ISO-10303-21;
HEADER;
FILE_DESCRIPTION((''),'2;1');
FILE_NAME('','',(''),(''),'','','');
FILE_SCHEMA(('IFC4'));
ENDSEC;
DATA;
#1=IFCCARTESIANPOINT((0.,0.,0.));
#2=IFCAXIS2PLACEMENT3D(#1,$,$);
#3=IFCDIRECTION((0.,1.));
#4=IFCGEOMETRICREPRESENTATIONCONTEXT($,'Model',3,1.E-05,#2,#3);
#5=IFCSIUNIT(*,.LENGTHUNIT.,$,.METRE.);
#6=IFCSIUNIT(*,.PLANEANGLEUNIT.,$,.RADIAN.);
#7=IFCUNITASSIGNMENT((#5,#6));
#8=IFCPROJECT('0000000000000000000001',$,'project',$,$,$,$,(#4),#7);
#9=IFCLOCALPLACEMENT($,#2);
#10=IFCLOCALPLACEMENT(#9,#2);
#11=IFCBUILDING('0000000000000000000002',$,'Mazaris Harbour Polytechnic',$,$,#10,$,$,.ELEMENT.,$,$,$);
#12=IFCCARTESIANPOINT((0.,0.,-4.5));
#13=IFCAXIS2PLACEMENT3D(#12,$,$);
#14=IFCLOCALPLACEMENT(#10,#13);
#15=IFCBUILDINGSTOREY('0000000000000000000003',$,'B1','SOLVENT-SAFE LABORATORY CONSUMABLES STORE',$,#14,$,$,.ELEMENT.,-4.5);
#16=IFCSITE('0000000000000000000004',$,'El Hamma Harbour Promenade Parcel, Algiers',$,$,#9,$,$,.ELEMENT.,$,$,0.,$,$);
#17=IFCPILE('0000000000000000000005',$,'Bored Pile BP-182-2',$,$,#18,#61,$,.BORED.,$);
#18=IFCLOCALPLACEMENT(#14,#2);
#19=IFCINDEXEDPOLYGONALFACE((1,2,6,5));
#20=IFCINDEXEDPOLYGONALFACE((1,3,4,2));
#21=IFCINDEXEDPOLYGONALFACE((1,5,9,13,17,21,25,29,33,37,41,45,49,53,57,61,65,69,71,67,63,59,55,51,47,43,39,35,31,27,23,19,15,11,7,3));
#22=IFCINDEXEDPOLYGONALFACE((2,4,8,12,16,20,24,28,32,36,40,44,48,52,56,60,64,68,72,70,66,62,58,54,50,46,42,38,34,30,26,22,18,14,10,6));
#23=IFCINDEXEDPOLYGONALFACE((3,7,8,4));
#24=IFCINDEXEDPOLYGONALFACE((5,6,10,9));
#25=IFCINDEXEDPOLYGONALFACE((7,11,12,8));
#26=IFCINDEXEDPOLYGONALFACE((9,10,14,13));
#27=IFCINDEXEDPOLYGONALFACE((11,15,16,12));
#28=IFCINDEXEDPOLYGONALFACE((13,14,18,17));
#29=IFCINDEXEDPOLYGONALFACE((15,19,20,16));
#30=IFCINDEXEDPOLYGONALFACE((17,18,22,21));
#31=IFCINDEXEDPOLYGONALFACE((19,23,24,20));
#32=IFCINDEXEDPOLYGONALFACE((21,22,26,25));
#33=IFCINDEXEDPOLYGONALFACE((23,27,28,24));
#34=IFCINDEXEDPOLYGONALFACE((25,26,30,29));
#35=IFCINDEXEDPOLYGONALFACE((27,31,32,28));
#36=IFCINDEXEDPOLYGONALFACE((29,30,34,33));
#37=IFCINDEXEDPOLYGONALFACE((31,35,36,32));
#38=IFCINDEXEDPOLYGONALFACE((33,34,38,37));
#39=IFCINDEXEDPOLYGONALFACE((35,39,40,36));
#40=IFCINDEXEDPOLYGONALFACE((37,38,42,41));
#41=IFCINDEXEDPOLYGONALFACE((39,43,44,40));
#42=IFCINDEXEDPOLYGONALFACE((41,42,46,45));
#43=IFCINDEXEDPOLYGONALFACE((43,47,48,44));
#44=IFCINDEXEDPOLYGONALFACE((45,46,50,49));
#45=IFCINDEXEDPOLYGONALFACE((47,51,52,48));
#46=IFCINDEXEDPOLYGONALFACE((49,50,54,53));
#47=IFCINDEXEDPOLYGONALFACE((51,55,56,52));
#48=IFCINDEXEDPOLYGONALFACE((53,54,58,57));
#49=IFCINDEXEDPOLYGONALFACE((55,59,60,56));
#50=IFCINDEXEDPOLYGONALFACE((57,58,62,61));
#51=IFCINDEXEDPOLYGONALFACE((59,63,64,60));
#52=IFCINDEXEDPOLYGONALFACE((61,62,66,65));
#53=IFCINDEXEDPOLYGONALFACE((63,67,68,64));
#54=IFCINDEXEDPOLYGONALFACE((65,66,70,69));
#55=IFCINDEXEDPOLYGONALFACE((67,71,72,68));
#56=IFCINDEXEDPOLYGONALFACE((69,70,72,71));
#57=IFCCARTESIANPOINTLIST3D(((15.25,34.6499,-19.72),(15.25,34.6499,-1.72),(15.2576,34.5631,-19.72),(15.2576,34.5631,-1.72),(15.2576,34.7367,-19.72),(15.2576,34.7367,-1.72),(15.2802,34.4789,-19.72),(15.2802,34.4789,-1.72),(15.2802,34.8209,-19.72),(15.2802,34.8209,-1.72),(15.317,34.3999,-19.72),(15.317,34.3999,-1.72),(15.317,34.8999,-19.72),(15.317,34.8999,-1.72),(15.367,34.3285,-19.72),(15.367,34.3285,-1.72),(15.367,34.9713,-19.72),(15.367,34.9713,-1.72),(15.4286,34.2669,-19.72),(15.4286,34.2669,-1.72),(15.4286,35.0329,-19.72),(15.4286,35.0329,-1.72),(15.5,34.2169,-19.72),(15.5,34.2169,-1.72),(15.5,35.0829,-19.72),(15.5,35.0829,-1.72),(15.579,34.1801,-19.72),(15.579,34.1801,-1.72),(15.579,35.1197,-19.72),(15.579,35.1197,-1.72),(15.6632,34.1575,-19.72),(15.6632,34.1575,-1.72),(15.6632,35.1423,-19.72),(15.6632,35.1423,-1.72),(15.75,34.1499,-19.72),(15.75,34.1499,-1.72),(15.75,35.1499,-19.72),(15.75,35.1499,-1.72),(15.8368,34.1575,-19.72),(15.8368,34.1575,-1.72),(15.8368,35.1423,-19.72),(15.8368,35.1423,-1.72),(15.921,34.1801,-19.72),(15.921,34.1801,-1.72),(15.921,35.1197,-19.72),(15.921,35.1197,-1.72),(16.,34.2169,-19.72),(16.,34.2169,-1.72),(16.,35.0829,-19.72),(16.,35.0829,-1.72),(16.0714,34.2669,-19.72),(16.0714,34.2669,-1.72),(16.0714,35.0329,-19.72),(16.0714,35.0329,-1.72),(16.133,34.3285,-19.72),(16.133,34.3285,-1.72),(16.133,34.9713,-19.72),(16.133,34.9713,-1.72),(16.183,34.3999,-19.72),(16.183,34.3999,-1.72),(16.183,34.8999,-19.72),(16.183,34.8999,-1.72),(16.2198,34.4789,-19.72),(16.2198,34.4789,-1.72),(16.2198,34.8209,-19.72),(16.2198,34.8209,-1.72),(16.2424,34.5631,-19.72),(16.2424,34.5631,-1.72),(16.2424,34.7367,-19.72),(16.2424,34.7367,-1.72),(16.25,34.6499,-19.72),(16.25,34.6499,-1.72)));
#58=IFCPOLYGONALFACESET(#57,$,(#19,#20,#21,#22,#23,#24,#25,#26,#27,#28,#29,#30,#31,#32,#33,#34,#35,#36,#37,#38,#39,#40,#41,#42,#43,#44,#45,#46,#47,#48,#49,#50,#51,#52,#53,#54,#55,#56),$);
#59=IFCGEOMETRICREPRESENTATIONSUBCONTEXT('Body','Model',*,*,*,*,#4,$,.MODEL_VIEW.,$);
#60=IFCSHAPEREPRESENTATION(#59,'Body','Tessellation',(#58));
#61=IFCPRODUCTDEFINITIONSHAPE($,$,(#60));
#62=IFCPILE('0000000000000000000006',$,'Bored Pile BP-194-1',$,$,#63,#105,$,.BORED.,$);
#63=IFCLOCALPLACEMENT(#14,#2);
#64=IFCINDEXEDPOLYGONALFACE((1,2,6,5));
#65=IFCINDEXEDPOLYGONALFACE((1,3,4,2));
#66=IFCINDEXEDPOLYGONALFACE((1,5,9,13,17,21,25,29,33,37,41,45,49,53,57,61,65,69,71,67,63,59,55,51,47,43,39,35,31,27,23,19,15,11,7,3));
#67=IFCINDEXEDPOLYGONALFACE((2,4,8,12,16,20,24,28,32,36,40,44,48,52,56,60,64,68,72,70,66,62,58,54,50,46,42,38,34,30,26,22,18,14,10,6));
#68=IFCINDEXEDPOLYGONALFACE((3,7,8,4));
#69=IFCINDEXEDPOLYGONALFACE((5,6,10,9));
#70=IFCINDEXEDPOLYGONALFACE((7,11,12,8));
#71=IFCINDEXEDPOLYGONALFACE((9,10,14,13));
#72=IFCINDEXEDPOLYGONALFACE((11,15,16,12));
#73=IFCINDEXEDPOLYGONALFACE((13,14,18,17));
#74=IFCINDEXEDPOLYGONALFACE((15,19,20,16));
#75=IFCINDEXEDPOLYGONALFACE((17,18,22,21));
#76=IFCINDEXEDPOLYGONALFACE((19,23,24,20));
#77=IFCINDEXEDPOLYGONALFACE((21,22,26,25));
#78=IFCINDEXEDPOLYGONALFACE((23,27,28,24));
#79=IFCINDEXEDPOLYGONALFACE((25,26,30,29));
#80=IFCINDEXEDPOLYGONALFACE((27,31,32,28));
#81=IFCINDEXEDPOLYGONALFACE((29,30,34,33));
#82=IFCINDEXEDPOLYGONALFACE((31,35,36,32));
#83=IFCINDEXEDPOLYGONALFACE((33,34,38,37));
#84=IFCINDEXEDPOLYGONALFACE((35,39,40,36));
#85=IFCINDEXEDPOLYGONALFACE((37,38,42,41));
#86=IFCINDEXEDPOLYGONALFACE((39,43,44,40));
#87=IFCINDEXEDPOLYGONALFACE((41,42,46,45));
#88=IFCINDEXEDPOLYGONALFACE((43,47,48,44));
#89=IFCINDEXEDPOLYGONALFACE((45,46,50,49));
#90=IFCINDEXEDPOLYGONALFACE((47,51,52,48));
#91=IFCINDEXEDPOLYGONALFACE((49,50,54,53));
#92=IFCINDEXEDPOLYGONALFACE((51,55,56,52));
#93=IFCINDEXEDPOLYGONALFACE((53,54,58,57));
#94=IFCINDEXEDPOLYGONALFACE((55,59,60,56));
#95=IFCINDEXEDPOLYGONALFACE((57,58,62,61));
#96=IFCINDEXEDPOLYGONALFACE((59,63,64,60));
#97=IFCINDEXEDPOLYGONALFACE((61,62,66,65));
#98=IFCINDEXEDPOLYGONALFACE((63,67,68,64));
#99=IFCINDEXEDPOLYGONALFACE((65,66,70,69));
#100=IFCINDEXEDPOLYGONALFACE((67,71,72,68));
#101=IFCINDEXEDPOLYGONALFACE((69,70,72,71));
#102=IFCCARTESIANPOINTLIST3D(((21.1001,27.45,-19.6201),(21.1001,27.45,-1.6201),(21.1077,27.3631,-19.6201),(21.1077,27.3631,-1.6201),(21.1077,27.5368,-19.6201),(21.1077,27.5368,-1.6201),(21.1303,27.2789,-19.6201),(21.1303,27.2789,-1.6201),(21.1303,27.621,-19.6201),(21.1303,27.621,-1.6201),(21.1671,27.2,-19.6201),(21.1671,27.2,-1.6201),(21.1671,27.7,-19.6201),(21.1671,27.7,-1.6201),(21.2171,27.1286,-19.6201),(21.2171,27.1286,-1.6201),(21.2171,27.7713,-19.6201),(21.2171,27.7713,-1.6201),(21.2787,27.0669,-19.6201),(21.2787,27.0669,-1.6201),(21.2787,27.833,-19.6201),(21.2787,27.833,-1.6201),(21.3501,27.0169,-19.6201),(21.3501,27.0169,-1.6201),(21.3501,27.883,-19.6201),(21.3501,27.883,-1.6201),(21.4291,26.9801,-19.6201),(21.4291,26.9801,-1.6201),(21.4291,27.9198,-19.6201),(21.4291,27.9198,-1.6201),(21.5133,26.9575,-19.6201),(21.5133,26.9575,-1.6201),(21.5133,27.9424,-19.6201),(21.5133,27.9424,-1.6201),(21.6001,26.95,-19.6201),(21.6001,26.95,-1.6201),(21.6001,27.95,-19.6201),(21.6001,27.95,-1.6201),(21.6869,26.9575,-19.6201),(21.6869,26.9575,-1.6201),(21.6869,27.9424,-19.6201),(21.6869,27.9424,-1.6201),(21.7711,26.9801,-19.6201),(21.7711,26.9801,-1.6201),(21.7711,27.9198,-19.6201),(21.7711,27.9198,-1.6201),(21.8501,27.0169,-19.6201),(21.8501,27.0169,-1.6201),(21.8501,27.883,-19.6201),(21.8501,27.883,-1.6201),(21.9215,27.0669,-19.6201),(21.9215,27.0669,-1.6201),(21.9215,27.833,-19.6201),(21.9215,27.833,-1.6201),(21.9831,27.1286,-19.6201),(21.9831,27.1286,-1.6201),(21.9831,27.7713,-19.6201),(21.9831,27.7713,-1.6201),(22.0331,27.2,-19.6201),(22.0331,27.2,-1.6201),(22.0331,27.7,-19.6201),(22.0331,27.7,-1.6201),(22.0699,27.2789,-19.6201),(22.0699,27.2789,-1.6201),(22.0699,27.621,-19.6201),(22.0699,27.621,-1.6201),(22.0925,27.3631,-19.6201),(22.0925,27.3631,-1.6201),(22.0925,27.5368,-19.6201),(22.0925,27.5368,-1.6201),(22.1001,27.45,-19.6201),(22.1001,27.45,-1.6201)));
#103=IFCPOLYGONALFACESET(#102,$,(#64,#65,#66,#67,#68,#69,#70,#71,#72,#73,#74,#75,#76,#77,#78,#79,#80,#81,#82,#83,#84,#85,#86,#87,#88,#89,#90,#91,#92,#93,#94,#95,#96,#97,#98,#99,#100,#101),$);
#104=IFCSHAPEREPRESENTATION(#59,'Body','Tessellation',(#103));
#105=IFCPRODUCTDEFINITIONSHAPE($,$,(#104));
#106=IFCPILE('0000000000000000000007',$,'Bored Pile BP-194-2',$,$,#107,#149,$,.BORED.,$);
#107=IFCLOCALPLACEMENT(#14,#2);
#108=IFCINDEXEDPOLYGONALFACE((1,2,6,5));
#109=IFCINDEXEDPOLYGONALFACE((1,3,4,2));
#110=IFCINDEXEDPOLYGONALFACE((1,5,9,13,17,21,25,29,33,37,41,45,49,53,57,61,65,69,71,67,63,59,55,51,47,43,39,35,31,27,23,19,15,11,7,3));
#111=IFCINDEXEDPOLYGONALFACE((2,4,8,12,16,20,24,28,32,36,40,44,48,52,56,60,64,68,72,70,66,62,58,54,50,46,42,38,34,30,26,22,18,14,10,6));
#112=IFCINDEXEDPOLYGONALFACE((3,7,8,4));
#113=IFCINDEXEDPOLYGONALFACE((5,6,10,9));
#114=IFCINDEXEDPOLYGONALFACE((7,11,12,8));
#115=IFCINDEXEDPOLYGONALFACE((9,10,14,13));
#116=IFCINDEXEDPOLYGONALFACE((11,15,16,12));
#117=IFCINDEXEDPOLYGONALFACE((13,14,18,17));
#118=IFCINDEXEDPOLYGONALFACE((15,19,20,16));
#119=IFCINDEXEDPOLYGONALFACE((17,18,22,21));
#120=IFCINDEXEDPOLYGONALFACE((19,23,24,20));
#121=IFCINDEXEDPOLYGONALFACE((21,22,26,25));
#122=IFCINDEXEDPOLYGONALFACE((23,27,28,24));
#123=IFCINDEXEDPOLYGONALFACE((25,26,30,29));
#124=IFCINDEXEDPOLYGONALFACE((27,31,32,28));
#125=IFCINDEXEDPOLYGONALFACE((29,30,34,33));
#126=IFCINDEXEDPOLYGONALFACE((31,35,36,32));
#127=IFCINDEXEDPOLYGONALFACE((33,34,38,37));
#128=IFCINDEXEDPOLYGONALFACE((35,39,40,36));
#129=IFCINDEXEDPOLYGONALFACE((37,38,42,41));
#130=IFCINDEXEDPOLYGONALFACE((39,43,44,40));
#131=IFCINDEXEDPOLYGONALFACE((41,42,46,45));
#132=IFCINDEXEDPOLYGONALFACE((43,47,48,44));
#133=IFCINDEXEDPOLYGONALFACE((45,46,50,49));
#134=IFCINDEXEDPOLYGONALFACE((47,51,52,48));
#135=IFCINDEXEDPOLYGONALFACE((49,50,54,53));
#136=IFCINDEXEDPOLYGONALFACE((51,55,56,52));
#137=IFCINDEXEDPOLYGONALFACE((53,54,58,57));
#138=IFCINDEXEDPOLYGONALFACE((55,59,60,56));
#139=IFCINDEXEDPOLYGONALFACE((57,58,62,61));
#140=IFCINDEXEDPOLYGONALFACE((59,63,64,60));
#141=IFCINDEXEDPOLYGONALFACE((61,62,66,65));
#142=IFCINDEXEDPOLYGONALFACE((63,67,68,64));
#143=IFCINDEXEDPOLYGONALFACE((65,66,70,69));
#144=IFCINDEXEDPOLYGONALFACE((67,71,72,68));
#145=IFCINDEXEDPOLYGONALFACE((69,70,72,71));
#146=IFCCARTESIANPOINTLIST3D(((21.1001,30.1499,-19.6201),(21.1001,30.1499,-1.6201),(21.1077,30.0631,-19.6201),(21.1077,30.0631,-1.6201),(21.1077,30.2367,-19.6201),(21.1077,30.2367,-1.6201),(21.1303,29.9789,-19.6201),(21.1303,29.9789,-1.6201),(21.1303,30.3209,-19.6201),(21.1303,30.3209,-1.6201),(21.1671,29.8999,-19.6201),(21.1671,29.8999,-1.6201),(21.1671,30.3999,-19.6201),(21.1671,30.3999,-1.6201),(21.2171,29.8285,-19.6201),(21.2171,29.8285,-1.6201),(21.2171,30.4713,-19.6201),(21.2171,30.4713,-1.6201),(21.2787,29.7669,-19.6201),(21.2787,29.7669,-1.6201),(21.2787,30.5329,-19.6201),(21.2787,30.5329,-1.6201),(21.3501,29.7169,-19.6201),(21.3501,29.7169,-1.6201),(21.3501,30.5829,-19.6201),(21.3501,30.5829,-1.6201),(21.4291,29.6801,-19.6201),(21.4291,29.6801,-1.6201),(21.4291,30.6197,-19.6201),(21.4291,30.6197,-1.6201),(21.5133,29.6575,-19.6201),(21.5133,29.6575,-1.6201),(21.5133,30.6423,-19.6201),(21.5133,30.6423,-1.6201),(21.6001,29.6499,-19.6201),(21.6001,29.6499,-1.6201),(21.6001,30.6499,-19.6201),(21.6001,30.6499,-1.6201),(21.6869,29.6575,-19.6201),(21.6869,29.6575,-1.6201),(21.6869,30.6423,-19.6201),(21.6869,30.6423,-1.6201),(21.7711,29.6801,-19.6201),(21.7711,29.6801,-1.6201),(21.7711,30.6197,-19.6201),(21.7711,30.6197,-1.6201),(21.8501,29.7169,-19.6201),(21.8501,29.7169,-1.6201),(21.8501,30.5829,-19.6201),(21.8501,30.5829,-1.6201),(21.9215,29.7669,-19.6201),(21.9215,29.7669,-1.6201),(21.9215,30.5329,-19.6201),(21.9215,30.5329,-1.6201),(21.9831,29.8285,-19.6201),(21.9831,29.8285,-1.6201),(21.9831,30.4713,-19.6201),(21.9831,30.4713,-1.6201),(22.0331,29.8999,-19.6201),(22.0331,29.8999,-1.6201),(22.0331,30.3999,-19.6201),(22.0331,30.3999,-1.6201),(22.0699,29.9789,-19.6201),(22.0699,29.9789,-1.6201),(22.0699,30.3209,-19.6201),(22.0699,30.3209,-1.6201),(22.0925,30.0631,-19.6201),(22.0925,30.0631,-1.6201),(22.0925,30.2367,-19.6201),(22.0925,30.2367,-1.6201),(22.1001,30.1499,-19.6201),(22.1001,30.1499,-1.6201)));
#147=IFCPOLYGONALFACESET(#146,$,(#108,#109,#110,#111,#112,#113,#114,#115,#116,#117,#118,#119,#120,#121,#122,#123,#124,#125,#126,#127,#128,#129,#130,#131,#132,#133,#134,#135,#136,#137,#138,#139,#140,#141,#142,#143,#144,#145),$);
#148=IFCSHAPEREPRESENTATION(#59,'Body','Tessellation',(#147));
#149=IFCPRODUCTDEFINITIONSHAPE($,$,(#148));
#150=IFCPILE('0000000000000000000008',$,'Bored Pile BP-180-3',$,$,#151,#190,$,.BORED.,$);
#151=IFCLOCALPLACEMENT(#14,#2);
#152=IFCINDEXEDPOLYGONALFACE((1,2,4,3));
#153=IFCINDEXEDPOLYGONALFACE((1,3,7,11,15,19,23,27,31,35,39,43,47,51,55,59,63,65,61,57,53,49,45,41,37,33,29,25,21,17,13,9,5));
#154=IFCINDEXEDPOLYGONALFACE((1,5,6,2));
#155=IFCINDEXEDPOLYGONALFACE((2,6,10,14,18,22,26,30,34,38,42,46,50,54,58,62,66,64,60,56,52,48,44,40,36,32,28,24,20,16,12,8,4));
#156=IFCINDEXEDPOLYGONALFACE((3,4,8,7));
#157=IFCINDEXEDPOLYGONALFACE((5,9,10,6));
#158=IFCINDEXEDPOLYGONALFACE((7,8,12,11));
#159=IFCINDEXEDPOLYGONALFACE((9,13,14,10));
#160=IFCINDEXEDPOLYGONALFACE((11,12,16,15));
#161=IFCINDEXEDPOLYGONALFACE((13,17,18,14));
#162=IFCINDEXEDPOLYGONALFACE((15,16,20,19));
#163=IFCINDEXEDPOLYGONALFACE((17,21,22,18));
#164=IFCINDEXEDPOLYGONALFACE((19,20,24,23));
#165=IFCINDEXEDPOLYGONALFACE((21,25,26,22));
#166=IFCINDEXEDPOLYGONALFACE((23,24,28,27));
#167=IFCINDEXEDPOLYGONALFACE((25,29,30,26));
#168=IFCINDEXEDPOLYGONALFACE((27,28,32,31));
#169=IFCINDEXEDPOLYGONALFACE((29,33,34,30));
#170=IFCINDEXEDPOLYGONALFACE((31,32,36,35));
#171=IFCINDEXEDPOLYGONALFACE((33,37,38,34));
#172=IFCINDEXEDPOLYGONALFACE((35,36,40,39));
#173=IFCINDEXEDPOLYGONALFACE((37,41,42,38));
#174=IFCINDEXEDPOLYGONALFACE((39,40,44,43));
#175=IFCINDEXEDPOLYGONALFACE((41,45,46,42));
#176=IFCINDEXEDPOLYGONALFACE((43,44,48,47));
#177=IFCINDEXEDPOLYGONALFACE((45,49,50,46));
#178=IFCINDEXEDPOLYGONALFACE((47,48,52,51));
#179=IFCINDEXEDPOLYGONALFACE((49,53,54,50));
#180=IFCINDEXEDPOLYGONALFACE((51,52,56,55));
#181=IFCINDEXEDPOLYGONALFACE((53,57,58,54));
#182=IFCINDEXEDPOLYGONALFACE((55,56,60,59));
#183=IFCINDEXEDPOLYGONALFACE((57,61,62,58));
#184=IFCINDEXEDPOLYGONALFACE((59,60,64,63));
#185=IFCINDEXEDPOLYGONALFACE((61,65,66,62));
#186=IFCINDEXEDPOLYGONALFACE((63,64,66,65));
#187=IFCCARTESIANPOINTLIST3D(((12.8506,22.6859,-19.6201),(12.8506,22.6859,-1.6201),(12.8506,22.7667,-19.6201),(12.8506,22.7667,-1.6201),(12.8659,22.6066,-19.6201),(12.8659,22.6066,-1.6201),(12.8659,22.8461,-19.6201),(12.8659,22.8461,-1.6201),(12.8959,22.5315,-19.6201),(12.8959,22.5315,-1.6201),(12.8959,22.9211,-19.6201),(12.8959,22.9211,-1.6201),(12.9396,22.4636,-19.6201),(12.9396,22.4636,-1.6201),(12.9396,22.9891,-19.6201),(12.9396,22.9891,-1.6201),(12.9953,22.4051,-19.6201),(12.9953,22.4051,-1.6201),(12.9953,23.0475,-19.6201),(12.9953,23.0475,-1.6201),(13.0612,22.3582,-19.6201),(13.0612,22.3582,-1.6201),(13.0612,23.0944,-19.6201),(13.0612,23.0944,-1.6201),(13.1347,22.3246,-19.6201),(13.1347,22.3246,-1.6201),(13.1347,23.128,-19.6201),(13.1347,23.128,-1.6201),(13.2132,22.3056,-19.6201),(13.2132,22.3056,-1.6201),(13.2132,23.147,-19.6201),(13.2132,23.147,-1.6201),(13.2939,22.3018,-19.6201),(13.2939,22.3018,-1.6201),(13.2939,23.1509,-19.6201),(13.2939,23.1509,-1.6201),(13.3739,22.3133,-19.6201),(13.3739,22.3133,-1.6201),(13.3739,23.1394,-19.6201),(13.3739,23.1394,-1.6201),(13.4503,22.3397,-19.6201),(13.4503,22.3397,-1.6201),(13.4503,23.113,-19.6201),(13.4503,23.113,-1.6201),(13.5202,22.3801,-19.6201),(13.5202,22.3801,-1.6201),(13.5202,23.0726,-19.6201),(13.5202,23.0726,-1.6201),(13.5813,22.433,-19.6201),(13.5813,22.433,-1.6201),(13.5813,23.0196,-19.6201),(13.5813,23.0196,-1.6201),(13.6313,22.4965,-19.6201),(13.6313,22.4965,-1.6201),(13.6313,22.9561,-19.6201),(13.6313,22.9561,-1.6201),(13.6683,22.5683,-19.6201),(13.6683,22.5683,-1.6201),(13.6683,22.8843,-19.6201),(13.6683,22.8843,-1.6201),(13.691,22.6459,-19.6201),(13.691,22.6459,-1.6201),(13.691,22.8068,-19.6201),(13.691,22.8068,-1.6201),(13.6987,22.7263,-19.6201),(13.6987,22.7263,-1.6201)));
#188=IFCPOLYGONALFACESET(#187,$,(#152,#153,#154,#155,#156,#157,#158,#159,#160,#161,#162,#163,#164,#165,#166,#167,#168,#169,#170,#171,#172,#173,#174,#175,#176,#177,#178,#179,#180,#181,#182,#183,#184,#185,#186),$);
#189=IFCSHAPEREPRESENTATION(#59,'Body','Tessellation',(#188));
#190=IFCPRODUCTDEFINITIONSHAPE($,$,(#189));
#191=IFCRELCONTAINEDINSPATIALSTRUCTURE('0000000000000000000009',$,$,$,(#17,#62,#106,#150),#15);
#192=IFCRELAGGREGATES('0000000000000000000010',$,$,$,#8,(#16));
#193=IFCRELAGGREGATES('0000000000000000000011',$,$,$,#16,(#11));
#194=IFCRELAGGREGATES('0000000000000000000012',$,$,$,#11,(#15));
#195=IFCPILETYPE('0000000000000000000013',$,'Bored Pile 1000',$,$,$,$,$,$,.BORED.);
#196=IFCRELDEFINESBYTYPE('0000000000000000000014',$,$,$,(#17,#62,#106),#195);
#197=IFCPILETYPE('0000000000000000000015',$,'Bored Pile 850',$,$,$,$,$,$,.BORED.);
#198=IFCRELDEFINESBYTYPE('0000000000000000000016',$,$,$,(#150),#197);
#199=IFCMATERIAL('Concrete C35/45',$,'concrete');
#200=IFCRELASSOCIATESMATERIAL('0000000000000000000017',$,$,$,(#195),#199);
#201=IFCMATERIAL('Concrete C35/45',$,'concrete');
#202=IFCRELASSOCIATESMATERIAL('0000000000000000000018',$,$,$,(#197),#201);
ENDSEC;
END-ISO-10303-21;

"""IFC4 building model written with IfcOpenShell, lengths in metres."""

from ifc_helpers import new_model, si_unit, direction, frame, origin, origin_2d, place, context, subcontext, project, spatial, circle, extrude, material, material_profile, profile_set, type_object, element, save


model = new_model("IFC4")

# Units and contexts
model_context = context("Model", 3, precision=1e-05, world=origin(), true_north=direction((0.0, 1.0)))
body_context = subcontext(model_context, "Body", "Model", "MODEL_VIEW")
ifc_project = project(units=[si_unit("LENGTHUNIT", "METRE"), si_unit("PLANEANGLEUNIT", "RADIAN")], contexts=[model_context])

# Site, building, storey
site_placement = place(None, origin())
site = spatial("IfcSite", under=ifc_project, at=site_placement, Name="El Hamma Harbour Promenade Parcel, Algiers", CompositionType="ELEMENT", RefElevation=0.0)
building_placement = place(site_placement, origin())
building = spatial("IfcBuilding", under=site, at=building_placement, Name="Mazaris Harbour Polytechnic", CompositionType="ELEMENT")
storey_placement = place(building_placement, frame((0.0, 0.0, -4.5)))
storey = spatial("IfcBuildingStorey", under=building, at=storey_placement, Name="B1", Description="SOLVENT-SAFE LABORATORY CONSUMABLES STORE", CompositionType="ELEMENT", Elevation=-4.5)

# Piles
ifc_material_1 = material(Name="Concrete C35/45", Category="concrete")
ifc_material_profile_1 = material_profile(ifc_material_1, circle(Radius=0.5, at=origin_2d()), Name="DIA1000")
ifc_profile_set_1 = profile_set([ifc_material_profile_1], Name="Concrete C35/45")
pile_type_1 = type_object("IfcPileType", Name="Bored Pile 1000", PredefinedType="BORED", material=ifc_profile_set_1)
for number, where, z_axis, x_axis, name in (
    (1, (15.75, 34.6499, -1.72), (0.0, 0.0, -1.0), (1.0, 0.0, 0.0), "Bored Pile BP-182-2"),
    (2, (21.6001, 27.45, -1.6201), (0.0, 0.0, -1.0), (1.0, 0.0, 0.0), "Bored Pile BP-194-1"),
    (3, (21.6001, 30.1499, -1.6201), (0.0, 0.0, -1.0), (1.0, 0.0, 0.0), "Bored Pile BP-194-2"),
):
    element("IfcPile", number, at=place(storey_placement, frame(where, z_axis=z_axis, x_axis=x_axis)), inside=storey, type_object=pile_type_1, Name=name, PredefinedType="BORED", context=body_context, shape_type="SweptSolid", body=[
        extrude(circle(Radius=0.5, at=origin_2d()), origin(), (0.0, 0.0, 1.0), 18.0),
    ])
ifc_material_2 = material(Name="Concrete C35/45", Category="concrete")
ifc_material_profile_2 = material_profile(ifc_material_2, circle(Radius=0.425, at=origin_2d()), Name="DIA850")
ifc_profile_set_2 = profile_set([ifc_material_profile_2], Name="Concrete C35/45")
pile_type_2 = type_object("IfcPileType", Name="Bored Pile 850", PredefinedType="BORED", material=ifc_profile_set_2)
for number, where, z_axis, x_axis, name in (
    (4, (13.2737, 22.7263, -1.6201), (0.0, 0.0, -1.0), (1.0, 0.0, 0.0), "Bored Pile BP-180-3"),
):
    element("IfcPile", number, at=place(storey_placement, frame(where, z_axis=z_axis, x_axis=x_axis)), inside=storey, type_object=pile_type_2, Name=name, PredefinedType="BORED", context=body_context, shape_type="SweptSolid", body=[
        extrude(circle(Radius=0.425, at=origin_2d()), origin(), (0.0, 0.0, 1.0), 18.0),
    ])

save(model, "model.ifc")
